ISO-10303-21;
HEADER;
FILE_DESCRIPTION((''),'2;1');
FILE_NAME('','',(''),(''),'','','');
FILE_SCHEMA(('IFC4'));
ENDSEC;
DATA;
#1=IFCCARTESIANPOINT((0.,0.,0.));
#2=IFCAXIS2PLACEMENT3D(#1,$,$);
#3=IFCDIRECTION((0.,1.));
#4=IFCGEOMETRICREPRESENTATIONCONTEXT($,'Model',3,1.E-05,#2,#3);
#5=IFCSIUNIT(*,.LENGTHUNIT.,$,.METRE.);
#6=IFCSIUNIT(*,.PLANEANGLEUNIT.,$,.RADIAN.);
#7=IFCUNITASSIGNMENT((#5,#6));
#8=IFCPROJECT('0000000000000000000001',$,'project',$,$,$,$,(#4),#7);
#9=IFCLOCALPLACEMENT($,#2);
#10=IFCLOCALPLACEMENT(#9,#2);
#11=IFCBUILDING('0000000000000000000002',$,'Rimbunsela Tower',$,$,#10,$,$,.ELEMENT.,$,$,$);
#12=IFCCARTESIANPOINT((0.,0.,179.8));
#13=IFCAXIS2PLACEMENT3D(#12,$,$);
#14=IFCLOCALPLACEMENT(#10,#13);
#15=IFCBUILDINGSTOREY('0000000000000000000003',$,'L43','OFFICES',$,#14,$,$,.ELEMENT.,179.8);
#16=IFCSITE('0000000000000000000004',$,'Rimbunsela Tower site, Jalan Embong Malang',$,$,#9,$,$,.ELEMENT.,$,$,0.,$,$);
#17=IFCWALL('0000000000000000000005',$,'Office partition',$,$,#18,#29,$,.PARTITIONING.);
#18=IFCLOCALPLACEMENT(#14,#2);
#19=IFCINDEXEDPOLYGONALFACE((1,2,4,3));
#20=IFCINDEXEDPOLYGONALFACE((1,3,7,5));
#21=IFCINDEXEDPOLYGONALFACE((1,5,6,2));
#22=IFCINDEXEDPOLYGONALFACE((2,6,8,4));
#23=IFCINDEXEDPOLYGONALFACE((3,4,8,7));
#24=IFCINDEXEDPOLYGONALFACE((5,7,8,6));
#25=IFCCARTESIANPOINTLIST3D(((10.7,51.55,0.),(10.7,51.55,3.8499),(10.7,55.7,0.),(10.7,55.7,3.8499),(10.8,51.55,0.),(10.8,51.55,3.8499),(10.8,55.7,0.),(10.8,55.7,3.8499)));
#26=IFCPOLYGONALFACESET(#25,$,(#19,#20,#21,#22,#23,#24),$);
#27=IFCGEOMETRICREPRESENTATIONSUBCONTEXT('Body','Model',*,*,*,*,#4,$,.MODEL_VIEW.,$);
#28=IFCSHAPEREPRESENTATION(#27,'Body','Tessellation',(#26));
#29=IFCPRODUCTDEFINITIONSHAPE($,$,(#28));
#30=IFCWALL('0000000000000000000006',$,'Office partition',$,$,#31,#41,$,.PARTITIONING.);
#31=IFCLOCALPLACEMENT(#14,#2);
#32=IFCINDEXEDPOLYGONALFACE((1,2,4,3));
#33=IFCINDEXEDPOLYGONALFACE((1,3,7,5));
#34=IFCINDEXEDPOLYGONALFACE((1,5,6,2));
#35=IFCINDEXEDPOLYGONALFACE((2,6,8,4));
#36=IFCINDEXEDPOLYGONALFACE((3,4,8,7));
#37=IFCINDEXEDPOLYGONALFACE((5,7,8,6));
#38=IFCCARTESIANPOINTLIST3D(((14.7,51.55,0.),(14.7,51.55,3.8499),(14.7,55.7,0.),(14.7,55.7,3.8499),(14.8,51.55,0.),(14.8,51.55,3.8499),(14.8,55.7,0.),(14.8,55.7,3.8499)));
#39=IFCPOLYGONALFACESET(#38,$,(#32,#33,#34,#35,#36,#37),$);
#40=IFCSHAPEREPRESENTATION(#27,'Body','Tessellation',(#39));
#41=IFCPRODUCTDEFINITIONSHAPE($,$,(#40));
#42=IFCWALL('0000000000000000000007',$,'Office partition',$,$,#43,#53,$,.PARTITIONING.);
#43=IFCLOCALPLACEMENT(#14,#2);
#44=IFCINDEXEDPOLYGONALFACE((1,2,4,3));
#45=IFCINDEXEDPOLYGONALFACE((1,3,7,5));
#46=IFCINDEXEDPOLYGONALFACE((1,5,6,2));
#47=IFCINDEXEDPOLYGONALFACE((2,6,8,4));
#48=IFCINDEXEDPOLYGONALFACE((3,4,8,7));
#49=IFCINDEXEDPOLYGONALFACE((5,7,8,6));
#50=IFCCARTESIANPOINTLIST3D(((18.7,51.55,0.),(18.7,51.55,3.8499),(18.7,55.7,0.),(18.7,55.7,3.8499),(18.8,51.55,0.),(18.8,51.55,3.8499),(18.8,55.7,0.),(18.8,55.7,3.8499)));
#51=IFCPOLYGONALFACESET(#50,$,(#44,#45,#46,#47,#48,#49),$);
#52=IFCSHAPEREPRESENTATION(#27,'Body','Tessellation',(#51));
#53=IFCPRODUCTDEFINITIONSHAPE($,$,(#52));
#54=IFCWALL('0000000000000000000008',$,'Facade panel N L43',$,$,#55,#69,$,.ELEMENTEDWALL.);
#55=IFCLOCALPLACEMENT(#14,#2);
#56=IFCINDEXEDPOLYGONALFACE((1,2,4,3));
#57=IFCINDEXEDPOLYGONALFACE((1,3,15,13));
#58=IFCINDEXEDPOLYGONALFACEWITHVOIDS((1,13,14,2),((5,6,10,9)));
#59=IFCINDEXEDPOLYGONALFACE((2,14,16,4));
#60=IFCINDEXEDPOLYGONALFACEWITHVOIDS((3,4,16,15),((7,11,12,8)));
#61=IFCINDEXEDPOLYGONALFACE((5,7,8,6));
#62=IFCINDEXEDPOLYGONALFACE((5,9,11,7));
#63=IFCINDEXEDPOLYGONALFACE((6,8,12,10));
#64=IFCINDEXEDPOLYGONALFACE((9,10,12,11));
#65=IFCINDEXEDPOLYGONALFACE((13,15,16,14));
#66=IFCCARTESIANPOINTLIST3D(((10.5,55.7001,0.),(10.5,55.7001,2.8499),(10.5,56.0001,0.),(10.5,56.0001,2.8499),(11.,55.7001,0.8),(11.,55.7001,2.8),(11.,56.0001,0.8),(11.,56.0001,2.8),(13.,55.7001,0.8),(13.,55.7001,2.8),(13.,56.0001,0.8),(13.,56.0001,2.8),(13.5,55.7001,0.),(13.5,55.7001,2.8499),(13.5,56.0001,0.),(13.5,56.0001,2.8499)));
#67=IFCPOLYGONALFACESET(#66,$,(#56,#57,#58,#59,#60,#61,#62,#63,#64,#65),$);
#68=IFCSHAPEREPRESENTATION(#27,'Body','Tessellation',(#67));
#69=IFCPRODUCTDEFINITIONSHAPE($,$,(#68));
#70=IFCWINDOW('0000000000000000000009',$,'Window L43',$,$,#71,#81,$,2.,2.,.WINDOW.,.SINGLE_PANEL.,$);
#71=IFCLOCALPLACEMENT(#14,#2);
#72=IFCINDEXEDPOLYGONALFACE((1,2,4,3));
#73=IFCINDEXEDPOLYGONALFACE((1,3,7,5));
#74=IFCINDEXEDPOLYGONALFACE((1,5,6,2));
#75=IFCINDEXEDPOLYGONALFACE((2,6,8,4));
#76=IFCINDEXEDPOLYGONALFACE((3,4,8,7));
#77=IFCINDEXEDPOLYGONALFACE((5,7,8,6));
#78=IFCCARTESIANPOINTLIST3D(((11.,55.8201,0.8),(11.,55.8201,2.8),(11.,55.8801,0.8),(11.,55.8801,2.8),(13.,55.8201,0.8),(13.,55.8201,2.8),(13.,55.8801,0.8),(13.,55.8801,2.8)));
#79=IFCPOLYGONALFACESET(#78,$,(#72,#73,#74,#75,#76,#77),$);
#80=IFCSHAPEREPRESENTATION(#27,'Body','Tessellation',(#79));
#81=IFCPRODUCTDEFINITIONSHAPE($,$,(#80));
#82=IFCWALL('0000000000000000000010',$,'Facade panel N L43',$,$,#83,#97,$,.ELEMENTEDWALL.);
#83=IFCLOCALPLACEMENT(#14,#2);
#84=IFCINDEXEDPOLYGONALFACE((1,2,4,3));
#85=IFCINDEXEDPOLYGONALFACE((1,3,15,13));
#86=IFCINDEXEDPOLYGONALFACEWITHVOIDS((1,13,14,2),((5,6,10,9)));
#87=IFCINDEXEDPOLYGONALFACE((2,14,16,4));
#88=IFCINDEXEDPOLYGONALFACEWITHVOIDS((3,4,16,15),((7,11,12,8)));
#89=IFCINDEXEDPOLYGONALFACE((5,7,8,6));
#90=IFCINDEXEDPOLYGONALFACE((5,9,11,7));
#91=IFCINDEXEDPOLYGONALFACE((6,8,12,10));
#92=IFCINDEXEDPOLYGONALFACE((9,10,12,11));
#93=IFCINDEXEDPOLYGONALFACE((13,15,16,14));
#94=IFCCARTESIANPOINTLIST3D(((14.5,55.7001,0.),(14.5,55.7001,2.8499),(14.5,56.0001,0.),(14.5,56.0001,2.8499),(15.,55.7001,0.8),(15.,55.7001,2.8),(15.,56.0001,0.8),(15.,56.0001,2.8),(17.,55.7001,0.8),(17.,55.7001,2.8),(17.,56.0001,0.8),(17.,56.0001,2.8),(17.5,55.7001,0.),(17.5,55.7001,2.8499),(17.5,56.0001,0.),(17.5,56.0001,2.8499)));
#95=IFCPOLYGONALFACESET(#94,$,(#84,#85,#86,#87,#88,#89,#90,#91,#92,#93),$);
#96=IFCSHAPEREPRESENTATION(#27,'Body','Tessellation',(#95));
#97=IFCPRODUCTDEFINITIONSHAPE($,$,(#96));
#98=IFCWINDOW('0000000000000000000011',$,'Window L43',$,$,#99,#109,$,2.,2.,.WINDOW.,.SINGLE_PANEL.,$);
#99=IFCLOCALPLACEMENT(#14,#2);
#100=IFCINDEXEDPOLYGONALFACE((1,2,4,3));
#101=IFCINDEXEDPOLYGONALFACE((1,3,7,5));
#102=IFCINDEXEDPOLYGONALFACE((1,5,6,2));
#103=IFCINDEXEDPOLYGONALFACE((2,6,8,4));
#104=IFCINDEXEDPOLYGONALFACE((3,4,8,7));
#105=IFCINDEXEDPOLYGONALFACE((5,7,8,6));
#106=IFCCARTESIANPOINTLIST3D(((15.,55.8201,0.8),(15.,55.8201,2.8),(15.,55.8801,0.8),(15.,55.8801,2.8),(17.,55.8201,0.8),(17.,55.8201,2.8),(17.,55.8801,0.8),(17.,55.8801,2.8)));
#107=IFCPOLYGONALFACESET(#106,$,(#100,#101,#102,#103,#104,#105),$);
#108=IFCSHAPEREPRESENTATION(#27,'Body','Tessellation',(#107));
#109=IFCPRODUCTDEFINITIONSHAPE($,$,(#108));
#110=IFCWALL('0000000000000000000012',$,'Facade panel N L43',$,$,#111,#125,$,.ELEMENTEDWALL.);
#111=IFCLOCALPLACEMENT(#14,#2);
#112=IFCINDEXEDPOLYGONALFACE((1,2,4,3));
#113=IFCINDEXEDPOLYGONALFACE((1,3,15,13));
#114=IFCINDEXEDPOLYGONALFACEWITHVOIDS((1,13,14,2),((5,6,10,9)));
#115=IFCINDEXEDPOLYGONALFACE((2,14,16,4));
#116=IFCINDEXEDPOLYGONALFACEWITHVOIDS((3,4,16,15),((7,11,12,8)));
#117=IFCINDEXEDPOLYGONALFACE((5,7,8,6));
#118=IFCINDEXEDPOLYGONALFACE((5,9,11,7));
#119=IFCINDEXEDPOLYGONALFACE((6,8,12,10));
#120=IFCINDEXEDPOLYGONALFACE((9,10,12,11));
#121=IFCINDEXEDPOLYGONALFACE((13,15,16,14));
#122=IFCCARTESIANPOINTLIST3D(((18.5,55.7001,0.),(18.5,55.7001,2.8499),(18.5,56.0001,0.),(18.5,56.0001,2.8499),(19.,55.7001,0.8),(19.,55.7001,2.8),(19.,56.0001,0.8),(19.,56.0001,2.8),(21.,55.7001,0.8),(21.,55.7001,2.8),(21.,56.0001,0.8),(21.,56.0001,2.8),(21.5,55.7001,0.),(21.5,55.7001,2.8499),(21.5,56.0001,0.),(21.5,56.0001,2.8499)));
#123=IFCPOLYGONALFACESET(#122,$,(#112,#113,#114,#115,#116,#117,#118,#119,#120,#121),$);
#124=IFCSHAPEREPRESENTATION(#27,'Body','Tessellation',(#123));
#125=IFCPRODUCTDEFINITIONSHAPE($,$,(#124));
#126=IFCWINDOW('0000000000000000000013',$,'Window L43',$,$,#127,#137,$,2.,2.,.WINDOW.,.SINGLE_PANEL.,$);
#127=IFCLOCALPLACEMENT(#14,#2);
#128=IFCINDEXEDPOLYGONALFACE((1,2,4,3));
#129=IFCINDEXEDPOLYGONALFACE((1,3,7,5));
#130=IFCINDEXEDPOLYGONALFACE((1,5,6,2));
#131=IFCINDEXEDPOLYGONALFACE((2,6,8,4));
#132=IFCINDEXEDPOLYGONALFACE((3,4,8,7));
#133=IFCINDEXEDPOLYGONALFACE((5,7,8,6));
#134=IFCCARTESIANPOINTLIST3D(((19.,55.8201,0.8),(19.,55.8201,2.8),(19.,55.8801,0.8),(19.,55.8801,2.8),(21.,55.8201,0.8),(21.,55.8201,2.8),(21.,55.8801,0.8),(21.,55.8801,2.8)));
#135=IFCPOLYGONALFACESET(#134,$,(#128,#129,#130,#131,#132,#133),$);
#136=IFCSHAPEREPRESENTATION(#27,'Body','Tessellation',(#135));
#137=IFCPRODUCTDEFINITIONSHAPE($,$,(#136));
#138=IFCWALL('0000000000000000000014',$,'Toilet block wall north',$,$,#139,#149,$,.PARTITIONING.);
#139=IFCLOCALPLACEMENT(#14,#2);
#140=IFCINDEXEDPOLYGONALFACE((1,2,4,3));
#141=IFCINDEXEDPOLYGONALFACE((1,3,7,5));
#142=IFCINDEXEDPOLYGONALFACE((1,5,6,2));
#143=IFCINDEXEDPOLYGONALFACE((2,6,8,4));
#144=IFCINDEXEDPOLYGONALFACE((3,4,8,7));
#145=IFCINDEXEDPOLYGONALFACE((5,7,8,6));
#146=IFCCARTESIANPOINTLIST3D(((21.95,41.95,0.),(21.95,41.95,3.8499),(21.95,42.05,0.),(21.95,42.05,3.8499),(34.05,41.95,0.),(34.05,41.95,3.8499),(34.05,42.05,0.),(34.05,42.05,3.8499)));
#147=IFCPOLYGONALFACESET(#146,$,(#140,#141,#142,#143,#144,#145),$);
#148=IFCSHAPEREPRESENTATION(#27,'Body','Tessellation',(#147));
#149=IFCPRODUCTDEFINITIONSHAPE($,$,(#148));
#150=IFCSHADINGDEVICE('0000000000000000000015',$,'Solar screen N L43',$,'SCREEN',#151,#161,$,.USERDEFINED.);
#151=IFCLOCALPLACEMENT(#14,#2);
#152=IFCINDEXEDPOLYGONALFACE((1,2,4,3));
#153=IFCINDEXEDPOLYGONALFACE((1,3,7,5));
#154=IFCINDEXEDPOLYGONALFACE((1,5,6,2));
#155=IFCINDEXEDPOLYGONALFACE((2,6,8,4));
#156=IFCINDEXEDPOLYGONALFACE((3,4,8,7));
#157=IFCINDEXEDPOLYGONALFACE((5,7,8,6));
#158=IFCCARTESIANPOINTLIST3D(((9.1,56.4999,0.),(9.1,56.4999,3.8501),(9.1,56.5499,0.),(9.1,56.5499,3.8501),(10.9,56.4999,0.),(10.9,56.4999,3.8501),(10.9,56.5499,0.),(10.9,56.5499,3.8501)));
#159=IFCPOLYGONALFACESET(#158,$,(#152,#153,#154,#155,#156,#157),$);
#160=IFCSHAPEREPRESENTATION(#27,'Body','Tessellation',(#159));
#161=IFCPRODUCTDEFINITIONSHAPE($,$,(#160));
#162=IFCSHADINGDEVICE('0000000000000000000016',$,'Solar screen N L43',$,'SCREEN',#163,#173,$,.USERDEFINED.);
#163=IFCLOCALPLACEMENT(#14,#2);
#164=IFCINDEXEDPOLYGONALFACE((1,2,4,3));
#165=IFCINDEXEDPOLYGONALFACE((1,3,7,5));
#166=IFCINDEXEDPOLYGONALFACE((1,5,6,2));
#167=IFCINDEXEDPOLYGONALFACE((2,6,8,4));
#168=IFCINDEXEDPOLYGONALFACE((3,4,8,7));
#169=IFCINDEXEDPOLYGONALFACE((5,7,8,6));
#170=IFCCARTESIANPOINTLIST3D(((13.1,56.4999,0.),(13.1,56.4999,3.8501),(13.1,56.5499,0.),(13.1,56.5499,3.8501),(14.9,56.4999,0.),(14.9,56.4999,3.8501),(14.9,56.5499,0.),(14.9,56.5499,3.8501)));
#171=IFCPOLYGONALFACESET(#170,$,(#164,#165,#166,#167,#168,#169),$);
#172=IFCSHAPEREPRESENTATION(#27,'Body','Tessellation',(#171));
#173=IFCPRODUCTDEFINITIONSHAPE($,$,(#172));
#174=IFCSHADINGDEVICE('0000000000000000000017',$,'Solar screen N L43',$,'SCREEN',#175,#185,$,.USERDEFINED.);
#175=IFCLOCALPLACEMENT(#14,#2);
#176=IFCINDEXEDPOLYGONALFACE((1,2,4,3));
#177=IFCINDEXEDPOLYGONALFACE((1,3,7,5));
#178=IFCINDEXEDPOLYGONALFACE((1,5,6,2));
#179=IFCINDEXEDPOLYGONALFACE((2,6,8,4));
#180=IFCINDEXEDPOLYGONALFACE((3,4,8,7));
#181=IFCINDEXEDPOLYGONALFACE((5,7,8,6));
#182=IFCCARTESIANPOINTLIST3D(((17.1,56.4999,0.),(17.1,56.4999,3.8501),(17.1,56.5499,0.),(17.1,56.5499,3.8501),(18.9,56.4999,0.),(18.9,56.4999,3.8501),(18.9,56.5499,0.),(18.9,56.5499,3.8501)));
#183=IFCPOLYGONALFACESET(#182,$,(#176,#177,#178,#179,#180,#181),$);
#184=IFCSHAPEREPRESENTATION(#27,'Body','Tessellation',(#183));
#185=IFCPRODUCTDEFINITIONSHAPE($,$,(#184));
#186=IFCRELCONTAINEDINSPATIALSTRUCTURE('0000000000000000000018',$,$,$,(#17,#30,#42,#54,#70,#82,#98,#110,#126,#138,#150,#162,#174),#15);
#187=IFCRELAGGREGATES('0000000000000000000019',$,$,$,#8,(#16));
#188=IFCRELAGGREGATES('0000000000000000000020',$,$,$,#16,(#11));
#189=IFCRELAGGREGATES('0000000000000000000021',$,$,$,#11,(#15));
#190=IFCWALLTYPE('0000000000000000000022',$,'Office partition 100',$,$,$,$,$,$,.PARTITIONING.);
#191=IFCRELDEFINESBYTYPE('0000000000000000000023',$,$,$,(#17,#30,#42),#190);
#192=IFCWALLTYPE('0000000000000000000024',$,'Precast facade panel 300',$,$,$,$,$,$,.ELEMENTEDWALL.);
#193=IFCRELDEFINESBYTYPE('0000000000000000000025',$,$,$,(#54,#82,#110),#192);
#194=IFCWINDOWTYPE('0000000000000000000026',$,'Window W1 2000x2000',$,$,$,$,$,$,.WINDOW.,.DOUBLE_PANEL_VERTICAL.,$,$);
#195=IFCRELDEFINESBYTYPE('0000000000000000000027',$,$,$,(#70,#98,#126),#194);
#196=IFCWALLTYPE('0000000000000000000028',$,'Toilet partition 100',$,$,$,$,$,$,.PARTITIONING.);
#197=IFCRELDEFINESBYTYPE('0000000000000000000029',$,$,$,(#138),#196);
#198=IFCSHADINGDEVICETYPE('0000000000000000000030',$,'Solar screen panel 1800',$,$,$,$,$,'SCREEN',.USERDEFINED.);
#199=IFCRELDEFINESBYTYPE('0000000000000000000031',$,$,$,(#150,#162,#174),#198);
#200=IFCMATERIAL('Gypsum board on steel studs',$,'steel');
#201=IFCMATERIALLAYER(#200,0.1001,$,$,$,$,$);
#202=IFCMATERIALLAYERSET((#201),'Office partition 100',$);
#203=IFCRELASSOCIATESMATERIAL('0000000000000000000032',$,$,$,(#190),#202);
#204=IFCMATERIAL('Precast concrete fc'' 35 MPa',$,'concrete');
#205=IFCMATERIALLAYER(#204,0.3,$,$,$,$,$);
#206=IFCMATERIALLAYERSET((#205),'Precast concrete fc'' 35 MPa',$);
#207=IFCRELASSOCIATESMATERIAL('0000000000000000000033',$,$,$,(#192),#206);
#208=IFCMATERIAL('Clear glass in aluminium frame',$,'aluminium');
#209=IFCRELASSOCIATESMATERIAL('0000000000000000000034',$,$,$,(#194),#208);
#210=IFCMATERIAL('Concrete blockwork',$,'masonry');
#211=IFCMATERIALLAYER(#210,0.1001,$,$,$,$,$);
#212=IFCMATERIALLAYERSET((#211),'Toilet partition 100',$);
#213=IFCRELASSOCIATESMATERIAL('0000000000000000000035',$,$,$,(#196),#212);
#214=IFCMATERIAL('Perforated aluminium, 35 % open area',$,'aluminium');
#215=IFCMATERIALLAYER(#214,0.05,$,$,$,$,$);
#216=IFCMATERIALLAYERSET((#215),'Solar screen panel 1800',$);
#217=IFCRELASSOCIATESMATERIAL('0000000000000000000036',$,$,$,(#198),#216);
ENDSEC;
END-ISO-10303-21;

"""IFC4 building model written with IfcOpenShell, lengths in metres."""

from ifc_helpers import new_model, si_unit, direction, frame, frame_2d, origin, origin_2d, place, context, subcontext, project, spatial, rectangle, extrude, material, layer, layer_set, type_object, element, fill, save


model = new_model("IFC4")

# Units and contexts
model_context = context("Model", 3, precision=1e-05, world=origin(), true_north=direction((0.0, 1.0)))
body_context = subcontext(model_context, "Body", "Model", "MODEL_VIEW")
ifc_project = project(units=[si_unit("LENGTHUNIT", "METRE"), si_unit("PLANEANGLEUNIT", "RADIAN")], contexts=[model_context])

# Site, building, storey
site_placement = place(None, origin())
site = spatial("IfcSite", under=ifc_project, at=site_placement, Name="Rimbunsela Tower site, Jalan Embong Malang", CompositionType="ELEMENT", RefElevation=0.0)
building_placement = place(site_placement, origin())
building = spatial("IfcBuilding", under=site, at=building_placement, Name="Rimbunsela Tower", CompositionType="ELEMENT")
storey_placement = place(building_placement, frame((0.0, 0.0, 179.8)))
storey = spatial("IfcBuildingStorey", under=building, at=storey_placement, Name="L43", Description="OFFICES", CompositionType="ELEMENT", Elevation=179.8)

# Shared definitions
ifc_material_1 = material(Name="Gypsum board on steel studs", Category="steel")
ifc_layer_1 = layer(ifc_material_1, 0.1001)
ifc_layer_set_1 = layer_set([ifc_layer_1], Name="Office partition 100")
wall_type_1 = type_object("IfcWallType", Name="Office partition 100", PredefinedType="PARTITIONING", material=ifc_layer_set_1)

# Walls
for number, where, z_axis, x_axis, name in (
    (1, (10.75, 51.55, 0.0), (0.0, 0.0, 1.0), (0.0, 1.0, 0.0), "Office partition"),
    (2, (14.75, 51.55, 0.0), (0.0, 0.0, 1.0), (0.0, 1.0, 0.0), "Office partition"),
    (3, (18.75, 51.55, 0.0), (0.0, 0.0, 1.0), (0.0, 1.0, 0.0), "Office partition"),
):
    element("IfcWall", number, at=place(storey_placement, frame(where, z_axis=z_axis, x_axis=x_axis)), inside=storey, type_object=wall_type_1, Name=name, PredefinedType="PARTITIONING", context=body_context, shape_type="SweptSolid", body=[
        extrude(rectangle(XDim=4.1499, YDim=0.1001, at=frame_2d((2.075, 0.0))), origin(), (0.0, 0.0, 1.0), 3.8499),
    ])

# Walls, openings, windows
ifc_material_2 = material(Name="Precast concrete fc' 35 MPa", Category="concrete")
ifc_layer_2 = layer(ifc_material_2, 0.3)
ifc_layer_set_2 = layer_set([ifc_layer_2], Name="Precast concrete fc' 35 MPa")
wall_type_2 = type_object("IfcWallType", Name="Precast facade panel 300", PredefinedType="ELEMENTEDWALL", material=ifc_layer_set_2)
wall_1_placement = place(storey_placement, frame((13.5, 55.8501, 0.0), z_axis=(0.0, 0.0, 1.0), x_axis=(-1.0, 0.0, 0.0)))
wall_1 = element("IfcWall", 4, at=wall_1_placement, inside=storey, type_object=wall_type_2, Name="Facade panel N L43", PredefinedType="ELEMENTEDWALL", context=body_context, shape_type="SweptSolid", body=[
    extrude(rectangle(XDim=3.0, YDim=0.3, at=frame_2d((1.5, 0.0))), origin(), (0.0, 0.0, 1.0), 2.8499),
])
opening_1_placement = place(wall_1_placement, frame((0.5, 0.0, 0.8)))
opening_1 = element("IfcOpeningElement", 5, at=opening_1_placement, cuts=wall_1, PredefinedType="OPENING", context=body_context, shape_type="SweptSolid", body=[
    extrude(rectangle(XDim=2.0, YDim=2.0, at=frame_2d((1.0, 1.0))), frame((0.0, 0.1599, 0.0), z_axis=(0.0, -1.0, 0.0), x_axis=(1.0, 0.0, 0.0)), (0.0, 0.0, 1.0), 0.3201),
])
ifc_material_3 = material(Name="Clear glass in aluminium frame", Category="aluminium")
window_type = type_object("IfcWindowType", Name="Window W1 2000x2000", PartitioningType="DOUBLE_PANEL_VERTICAL", PredefinedType="WINDOW", material=ifc_material_3)
window_1_placement = place(opening_1_placement, origin())
window_1 = element("IfcWindow", 6, at=window_1_placement, inside=storey, type_object=window_type, Name="Window L43", OverallHeight=2.0, OverallWidth=2.0, PartitioningType="SINGLE_PANEL", PredefinedType="WINDOW", context=body_context, shape_type="SweptSolid", body=[
    extrude(rectangle(XDim=2.0, YDim=2.0, at=frame_2d((1.0, 1.0))), frame((0.0, 0.03, 0.0), z_axis=(0.0, -1.0, 0.0), x_axis=(1.0, 0.0, 0.0)), (0.0, 0.0, 1.0), 0.0601),
])
fill(opening_1, window_1)
wall_2_placement = place(storey_placement, frame((17.5, 55.8501, 0.0), z_axis=(0.0, 0.0, 1.0), x_axis=(-1.0, 0.0, 0.0)))
wall_2 = element("IfcWall", 7, at=wall_2_placement, inside=storey, type_object=wall_type_2, Name="Facade panel N L43", PredefinedType="ELEMENTEDWALL", context=body_context, shape_type="SweptSolid", body=[
    extrude(rectangle(XDim=3.0, YDim=0.3, at=frame_2d((1.5, 0.0))), origin(), (0.0, 0.0, 1.0), 2.8499),
])
opening_2_placement = place(wall_2_placement, frame((0.5, 0.0, 0.8)))
opening_2 = element("IfcOpeningElement", 8, at=opening_2_placement, cuts=wall_2, PredefinedType="OPENING", context=body_context, shape_type="SweptSolid", body=[
    extrude(rectangle(XDim=2.0, YDim=2.0, at=frame_2d((1.0, 1.0))), frame((0.0, 0.1599, 0.0), z_axis=(0.0, -1.0, 0.0), x_axis=(1.0, 0.0, 0.0)), (0.0, 0.0, 1.0), 0.3201),
])
window_2_placement = place(opening_2_placement, origin())
window_2 = element("IfcWindow", 9, at=window_2_placement, inside=storey, type_object=window_type, Name="Window L43", OverallHeight=2.0, OverallWidth=2.0, PartitioningType="SINGLE_PANEL", PredefinedType="WINDOW", context=body_context, shape_type="SweptSolid", body=[
    extrude(rectangle(XDim=2.0, YDim=2.0, at=frame_2d((1.0, 1.0))), frame((0.0, 0.03, 0.0), z_axis=(0.0, -1.0, 0.0), x_axis=(1.0, 0.0, 0.0)), (0.0, 0.0, 1.0), 0.0601),
])
fill(opening_2, window_2)
wall_3_placement = place(storey_placement, frame((21.5, 55.8501, 0.0), z_axis=(0.0, 0.0, 1.0), x_axis=(-1.0, 0.0, 0.0)))
wall_3 = element("IfcWall", 10, at=wall_3_placement, inside=storey, type_object=wall_type_2, Name="Facade panel N L43", PredefinedType="ELEMENTEDWALL", context=body_context, shape_type="SweptSolid", body=[
    extrude(rectangle(XDim=3.0, YDim=0.3, at=frame_2d((1.5, 0.0))), origin(), (0.0, 0.0, 1.0), 2.8499),
])
opening_3_placement = place(wall_3_placement, frame((0.5, 0.0, 0.8)))
opening_3 = element("IfcOpeningElement", 11, at=opening_3_placement, cuts=wall_3, PredefinedType="OPENING", context=body_context, shape_type="SweptSolid", body=[
    extrude(rectangle(XDim=2.0, YDim=2.0, at=frame_2d((1.0, 1.0))), frame((0.0, 0.1599, 0.0), z_axis=(0.0, -1.0, 0.0), x_axis=(1.0, 0.0, 0.0)), (0.0, 0.0, 1.0), 0.3201),
])
window_3_placement = place(opening_3_placement, origin())
window_3 = element("IfcWindow", 12, at=window_3_placement, inside=storey, type_object=window_type, Name="Window L43", OverallHeight=2.0, OverallWidth=2.0, PartitioningType="SINGLE_PANEL", PredefinedType="WINDOW", context=body_context, shape_type="SweptSolid", body=[
    extrude(rectangle(XDim=2.0, YDim=2.0, at=frame_2d((1.0, 1.0))), frame((0.0, 0.03, 0.0), z_axis=(0.0, -1.0, 0.0), x_axis=(1.0, 0.0, 0.0)), (0.0, 0.0, 1.0), 0.0601),
])
fill(opening_3, window_3)

# Wall
ifc_material_4 = material(Name="Concrete blockwork", Category="masonry")
ifc_layer_3 = layer(ifc_material_4, 0.1001)
ifc_layer_set_3 = layer_set([ifc_layer_3], Name="Toilet partition 100")
wall_type_3 = type_object("IfcWallType", Name="Toilet partition 100", PredefinedType="PARTITIONING", material=ifc_layer_set_3)
wall_4_placement = place(storey_placement, frame((21.95, 42.0, 0.0), z_axis=(0.0, 0.0, 1.0), x_axis=(1.0, 0.0, 0.0)))
element("IfcWall", 13, at=wall_4_placement, inside=storey, type_object=wall_type_3, Name="Toilet block wall north", PredefinedType="PARTITIONING", context=body_context, shape_type="SweptSolid", body=[
    extrude(rectangle(XDim=12.1001, YDim=0.1001, at=frame_2d((6.05, 0.0))), origin(), (0.0, 0.0, 1.0), 3.8499),
])

# Shading devices
ifc_material_5 = material(Name="Perforated aluminium, 35 % open area", Category="aluminium")
ifc_layer_4 = layer(ifc_material_5, 0.05)
ifc_layer_set_4 = layer_set([ifc_layer_4], Name="Solar screen panel 1800")
shading_device_type = type_object("IfcShadingDeviceType", Name="Solar screen panel 1800", ElementType="SCREEN", PredefinedType="USERDEFINED", material=ifc_layer_set_4)
for number, where, z_axis, x_axis, name in (
    (14, (10.0, 56.5249, 0.0), (0.0, 0.0, 1.0), (1.0, 0.0, 0.0), "Solar screen N L43"),
    (15, (14.0, 56.5249, 0.0), (0.0, 0.0, 1.0), (1.0, 0.0, 0.0), "Solar screen N L43"),
    (16, (18.0, 56.5249, 0.0), (0.0, 0.0, 1.0), (1.0, 0.0, 0.0), "Solar screen N L43"),
):
    element("IfcShadingDevice", number, at=place(storey_placement, frame(where, z_axis=z_axis, x_axis=x_axis)), inside=storey, type_object=shading_device_type, Name=name, ObjectType="SCREEN", PredefinedType="USERDEFINED", context=body_context, shape_type="SweptSolid", body=[
        extrude(rectangle(XDim=1.8, YDim=0.05, at=origin_2d()), origin(), (0.0, 0.0, 1.0), 3.8501),
    ])

save(model, "model.ifc")
